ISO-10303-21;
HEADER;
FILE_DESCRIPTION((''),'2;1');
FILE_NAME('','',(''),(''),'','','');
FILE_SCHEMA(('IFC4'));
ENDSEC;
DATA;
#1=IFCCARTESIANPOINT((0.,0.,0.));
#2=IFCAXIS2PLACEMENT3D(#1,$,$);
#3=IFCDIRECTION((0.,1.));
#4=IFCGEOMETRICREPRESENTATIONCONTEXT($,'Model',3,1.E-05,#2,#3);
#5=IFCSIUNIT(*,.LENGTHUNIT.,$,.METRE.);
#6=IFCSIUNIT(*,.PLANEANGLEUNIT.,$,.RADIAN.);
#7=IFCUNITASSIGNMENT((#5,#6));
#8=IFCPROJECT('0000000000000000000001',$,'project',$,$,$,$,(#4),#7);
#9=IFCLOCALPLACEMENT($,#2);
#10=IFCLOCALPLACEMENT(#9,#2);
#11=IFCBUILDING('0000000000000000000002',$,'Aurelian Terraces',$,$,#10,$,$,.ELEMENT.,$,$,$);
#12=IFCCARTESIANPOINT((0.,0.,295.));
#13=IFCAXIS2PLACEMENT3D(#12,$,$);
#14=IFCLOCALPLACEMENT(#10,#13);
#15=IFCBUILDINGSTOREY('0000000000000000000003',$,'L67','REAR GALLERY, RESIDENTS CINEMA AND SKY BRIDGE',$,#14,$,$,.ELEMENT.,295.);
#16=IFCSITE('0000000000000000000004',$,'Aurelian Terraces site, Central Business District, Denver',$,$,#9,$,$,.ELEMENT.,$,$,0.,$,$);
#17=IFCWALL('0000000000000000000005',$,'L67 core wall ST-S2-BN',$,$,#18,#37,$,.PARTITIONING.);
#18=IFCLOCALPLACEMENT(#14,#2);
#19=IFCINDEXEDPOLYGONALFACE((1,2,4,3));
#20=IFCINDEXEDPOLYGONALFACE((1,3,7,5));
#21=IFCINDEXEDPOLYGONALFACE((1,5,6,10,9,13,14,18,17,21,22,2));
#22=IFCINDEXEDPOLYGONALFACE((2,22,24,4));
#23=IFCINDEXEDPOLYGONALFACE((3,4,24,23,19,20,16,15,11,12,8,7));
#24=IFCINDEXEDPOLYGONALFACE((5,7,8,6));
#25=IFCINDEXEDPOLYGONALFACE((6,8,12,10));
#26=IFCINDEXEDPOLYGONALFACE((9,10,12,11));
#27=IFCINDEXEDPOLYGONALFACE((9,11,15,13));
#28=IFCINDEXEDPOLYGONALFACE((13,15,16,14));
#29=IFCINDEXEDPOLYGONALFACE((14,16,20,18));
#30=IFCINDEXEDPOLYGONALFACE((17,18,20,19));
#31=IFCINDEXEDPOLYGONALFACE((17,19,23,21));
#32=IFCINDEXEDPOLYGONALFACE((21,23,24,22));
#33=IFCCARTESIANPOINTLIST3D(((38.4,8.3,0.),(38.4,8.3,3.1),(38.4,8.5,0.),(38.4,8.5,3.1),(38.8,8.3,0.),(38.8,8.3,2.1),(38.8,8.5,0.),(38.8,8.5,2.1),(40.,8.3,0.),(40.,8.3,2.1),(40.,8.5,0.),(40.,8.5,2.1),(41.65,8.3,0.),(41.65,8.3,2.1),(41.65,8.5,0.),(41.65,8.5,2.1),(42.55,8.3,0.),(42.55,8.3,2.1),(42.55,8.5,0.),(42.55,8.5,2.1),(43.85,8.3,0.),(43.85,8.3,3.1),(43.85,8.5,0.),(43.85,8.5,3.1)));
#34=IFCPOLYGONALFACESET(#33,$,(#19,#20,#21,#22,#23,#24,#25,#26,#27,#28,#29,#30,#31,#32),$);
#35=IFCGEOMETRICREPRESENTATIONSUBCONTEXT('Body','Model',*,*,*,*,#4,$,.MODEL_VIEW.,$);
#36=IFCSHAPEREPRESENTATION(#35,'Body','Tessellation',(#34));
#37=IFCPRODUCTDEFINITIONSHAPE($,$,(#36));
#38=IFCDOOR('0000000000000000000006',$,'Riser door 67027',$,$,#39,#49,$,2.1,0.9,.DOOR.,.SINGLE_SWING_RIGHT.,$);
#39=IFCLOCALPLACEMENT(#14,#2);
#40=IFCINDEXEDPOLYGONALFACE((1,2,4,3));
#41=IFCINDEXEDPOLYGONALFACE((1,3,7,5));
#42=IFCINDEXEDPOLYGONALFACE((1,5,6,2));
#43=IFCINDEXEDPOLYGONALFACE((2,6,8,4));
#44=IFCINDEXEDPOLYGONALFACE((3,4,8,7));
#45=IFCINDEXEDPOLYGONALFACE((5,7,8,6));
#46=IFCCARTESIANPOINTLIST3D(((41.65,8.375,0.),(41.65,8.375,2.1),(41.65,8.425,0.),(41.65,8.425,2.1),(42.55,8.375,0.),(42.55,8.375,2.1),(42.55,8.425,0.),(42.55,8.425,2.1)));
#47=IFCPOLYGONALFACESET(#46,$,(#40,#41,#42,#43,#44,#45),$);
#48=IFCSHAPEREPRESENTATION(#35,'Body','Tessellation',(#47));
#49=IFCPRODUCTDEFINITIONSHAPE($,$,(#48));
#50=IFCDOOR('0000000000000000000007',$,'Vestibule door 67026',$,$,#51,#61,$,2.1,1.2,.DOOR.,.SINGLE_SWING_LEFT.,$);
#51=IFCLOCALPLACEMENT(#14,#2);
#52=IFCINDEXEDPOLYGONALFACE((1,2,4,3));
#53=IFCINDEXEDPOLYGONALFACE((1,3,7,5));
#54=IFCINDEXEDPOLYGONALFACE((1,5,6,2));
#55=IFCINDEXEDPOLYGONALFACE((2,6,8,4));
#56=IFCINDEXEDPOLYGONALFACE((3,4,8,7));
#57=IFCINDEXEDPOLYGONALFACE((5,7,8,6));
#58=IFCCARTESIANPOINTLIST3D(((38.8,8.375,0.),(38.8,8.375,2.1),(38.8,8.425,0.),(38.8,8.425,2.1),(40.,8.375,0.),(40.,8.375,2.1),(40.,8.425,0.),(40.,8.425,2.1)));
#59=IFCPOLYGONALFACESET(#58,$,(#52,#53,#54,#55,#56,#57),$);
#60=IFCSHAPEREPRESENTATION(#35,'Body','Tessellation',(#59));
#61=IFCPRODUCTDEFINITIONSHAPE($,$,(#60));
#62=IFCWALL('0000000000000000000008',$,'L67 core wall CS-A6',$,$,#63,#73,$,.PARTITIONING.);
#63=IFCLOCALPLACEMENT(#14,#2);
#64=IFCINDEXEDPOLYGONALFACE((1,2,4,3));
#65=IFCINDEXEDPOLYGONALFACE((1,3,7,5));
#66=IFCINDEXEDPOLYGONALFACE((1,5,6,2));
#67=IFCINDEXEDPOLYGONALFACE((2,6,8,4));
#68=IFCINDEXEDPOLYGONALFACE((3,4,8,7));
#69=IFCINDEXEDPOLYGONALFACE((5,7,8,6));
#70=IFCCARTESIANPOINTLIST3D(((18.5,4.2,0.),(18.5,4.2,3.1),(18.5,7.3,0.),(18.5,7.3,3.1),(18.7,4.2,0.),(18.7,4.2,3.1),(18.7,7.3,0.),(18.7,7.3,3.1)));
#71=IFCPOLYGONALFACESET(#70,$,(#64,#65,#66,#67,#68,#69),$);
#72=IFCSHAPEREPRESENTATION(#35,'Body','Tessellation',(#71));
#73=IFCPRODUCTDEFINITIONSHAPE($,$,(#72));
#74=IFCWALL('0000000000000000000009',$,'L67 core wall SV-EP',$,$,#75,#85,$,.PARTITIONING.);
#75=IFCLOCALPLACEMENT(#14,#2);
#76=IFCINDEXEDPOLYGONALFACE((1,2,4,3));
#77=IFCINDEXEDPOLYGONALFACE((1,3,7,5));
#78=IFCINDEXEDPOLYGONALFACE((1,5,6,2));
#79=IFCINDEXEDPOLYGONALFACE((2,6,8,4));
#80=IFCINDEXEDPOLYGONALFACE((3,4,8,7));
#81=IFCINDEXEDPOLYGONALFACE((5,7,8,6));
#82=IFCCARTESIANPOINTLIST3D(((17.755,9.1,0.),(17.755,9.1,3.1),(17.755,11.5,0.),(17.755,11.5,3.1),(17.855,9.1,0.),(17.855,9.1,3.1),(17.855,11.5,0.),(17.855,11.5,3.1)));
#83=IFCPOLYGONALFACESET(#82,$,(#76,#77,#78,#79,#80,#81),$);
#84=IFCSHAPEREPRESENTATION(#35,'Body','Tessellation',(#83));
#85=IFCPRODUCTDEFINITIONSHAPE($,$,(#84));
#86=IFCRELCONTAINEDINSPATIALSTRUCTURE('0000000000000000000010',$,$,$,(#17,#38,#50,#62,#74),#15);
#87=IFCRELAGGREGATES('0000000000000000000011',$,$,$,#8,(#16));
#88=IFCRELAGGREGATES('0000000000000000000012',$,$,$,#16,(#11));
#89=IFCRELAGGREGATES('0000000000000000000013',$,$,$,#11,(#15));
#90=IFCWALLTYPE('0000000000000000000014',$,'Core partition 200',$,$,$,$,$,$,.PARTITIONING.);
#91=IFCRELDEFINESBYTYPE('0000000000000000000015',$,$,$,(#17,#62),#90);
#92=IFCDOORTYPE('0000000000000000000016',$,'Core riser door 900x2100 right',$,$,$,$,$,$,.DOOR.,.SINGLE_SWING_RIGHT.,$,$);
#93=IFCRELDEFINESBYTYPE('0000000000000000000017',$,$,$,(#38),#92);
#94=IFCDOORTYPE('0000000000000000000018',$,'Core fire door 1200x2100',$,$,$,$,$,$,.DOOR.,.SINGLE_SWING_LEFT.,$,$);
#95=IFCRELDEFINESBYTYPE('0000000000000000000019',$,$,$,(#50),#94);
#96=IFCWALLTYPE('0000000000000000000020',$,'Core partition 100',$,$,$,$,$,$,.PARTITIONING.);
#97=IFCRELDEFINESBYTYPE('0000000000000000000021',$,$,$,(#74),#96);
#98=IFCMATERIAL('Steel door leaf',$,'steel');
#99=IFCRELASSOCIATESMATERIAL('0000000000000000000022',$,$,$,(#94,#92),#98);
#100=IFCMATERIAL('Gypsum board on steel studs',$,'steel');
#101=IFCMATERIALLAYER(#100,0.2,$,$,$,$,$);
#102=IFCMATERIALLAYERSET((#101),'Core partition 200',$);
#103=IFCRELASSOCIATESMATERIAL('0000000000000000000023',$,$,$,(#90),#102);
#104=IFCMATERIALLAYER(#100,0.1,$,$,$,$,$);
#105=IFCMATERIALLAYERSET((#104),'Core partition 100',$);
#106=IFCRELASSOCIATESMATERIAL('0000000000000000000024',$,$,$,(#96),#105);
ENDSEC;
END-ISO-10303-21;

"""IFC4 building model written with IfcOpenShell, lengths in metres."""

from ifc_helpers import new_model, si_unit, direction, frame, frame_2d, origin, place, context, subcontext, project, spatial, rectangle, extrude, source, transform, mapped, material, layer, layer_set, type_object, element, fill, save


model = new_model("IFC4")

# Units and contexts
model_context = context("Model", 3, precision=1e-05, world=origin(), true_north=direction((0.0, 1.0)))
body_context = subcontext(model_context, "Body", "Model", "MODEL_VIEW")
ifc_project = project(units=[si_unit("LENGTHUNIT", "METRE"), si_unit("PLANEANGLEUNIT", "RADIAN")], contexts=[model_context])

# Site, building, storey
site_placement = place(None, origin())
site = spatial("IfcSite", under=ifc_project, at=site_placement, Name="Aurelian Terraces site, Central Business District, Denver", CompositionType="ELEMENT", RefElevation=0.0)
building_placement = place(site_placement, origin())
building = spatial("IfcBuilding", under=site, at=building_placement, Name="Aurelian Terraces", CompositionType="ELEMENT")
storey_placement = place(building_placement, frame((0.0, 0.0, 295.0)))
storey = spatial("IfcBuildingStorey", under=building, at=storey_placement, Name="L67", Description="REAR GALLERY, RESIDENTS CINEMA AND SKY BRIDGE", CompositionType="ELEMENT", Elevation=295.0)

# Shared definitions
ifc_material_1 = material(Name="Steel door leaf", Category="steel")
door_type_1 = type_object("IfcDoorType", Name="Core fire door 1200x2100", OperationType="SINGLE_SWING_LEFT", PredefinedType="DOOR", material=ifc_material_1)
shared_shape_1 = source(origin(), body_context, "Body", "SweptSolid", [
    extrude(rectangle(XDim=1.2, YDim=2.1, at=frame_2d((0.6, 1.05))), frame((0.0, 0.025, 0.0), z_axis=(0.0, -1.0, 0.0), x_axis=(1.0, 0.0, 0.0)), (0.0, 0.0, 1.0), 0.05),
])

# Shared definitions
ifc_material_2 = material(Name="Gypsum board on steel studs", Category="steel")
ifc_layer_1 = layer(ifc_material_2, 0.2)
ifc_layer_set_1 = layer_set([ifc_layer_1], Name="Core partition 200")
wall_type_1 = type_object("IfcWallType", Name="Core partition 200", PredefinedType="PARTITIONING", material=ifc_layer_set_1)

# Wall, openings, doors
shared_shape_2 = source(origin(), body_context, "Body", "SweptSolid", [
    extrude(rectangle(XDim=5.45, YDim=0.2, at=frame_2d((2.725, 0.0))), origin(), (0.0, 0.0, 1.0), 3.1),
])
wall_1_placement = place(storey_placement, frame((38.4, 8.4, 0.0), z_axis=(0.0, 0.0, 1.0), x_axis=(1.0, 0.0, 0.0)))
wall_1 = element("IfcWall", 1, at=wall_1_placement, inside=storey, type_object=wall_type_1, Name="L67 core wall ST-S2-BN", PredefinedType="PARTITIONING", context=body_context, shape_type="MappedRepresentation", body=[
    mapped(shared_shape_2, transform((0.0, 0.0, 0.0), scale=1.0)),
])
shared_shape_3 = source(origin(), body_context, "Body", "SweptSolid", [
    extrude(rectangle(XDim=1.2, YDim=2.1, at=frame_2d((0.6, 1.05))), frame((0.0, 0.11, 0.0), z_axis=(0.0, -1.0, 0.0), x_axis=(1.0, 0.0, 0.0)), (0.0, 0.0, 1.0), 0.22),
])
opening_1_placement = place(wall_1_placement, frame((0.4, 0.0, 0.0)))
opening_1 = element("IfcOpeningElement", 2, at=opening_1_placement, cuts=wall_1, PredefinedType="OPENING", context=body_context, shape_type="MappedRepresentation", body=[
    mapped(shared_shape_3, transform((0.0, 0.0, 0.0), scale=1.0)),
])
shared_shape_4 = source(origin(), body_context, "Body", "SweptSolid", [
    extrude(rectangle(XDim=0.9, YDim=2.1, at=frame_2d((0.45, 1.05))), frame((0.0, 0.11, 0.0), z_axis=(0.0, -1.0, 0.0), x_axis=(1.0, 0.0, 0.0)), (0.0, 0.0, 1.0), 0.22),
])
opening_2_placement = place(wall_1_placement, frame((3.25, 0.0, 0.0)))
opening_2 = element("IfcOpeningElement", 3, at=opening_2_placement, cuts=wall_1, PredefinedType="OPENING", context=body_context, shape_type="MappedRepresentation", body=[
    mapped(shared_shape_4, transform((0.0, 0.0, 0.0), scale=1.0)),
])
door_type_2 = type_object("IfcDoorType", Name="Core riser door 900x2100 right", OperationType="SINGLE_SWING_RIGHT", PredefinedType="DOOR", material=ifc_material_1)
shared_shape_5 = source(origin(), body_context, "Body", "SweptSolid", [
    extrude(rectangle(XDim=0.9, YDim=2.1, at=frame_2d((0.45, 1.05))), frame((0.0, 0.025, 0.0), z_axis=(0.0, -1.0, 0.0), x_axis=(1.0, 0.0, 0.0)), (0.0, 0.0, 1.0), 0.05),
])
door_1_placement = place(opening_2_placement, origin())
door_1 = element("IfcDoor", 4, at=door_1_placement, inside=storey, type_object=door_type_2, Name="Riser door 67027", OperationType="SINGLE_SWING_RIGHT", OverallHeight=2.1, OverallWidth=0.9, PredefinedType="DOOR", context=body_context, shape_type="MappedRepresentation", body=[
    mapped(shared_shape_5, transform((0.0, 0.0, 0.0), scale=1.0)),
])
fill(opening_2, door_1)
door_2_placement = place(opening_1_placement, origin())
door_2 = element("IfcDoor", 5, at=door_2_placement, inside=storey, type_object=door_type_1, Name="Vestibule door 67026", OperationType="SINGLE_SWING_LEFT", OverallHeight=2.1, OverallWidth=1.2, PredefinedType="DOOR", context=body_context, shape_type="MappedRepresentation", body=[
    mapped(shared_shape_1, transform((0.0, 0.0, 0.0), scale=1.0)),
])
fill(opening_1, door_2)

# Walls
shared_shape_6 = source(origin(), body_context, "Body", "SweptSolid", [
    extrude(rectangle(XDim=3.1, YDim=0.2, at=frame_2d((1.55, 0.0))), origin(), (0.0, 0.0, 1.0), 3.1),
])
wall_2_placement = place(storey_placement, frame((18.6, 4.2, 0.0), z_axis=(0.0, 0.0, 1.0), x_axis=(0.0, 1.0, 0.0)))
element("IfcWall", 6, at=wall_2_placement, inside=storey, type_object=wall_type_1, Name="L67 core wall CS-A6", PredefinedType="PARTITIONING", context=body_context, shape_type="MappedRepresentation", body=[
    mapped(shared_shape_6, transform((0.0, 0.0, 0.0), scale=1.0)),
])
ifc_layer_2 = layer(ifc_material_2, 0.1)
ifc_layer_set_2 = layer_set([ifc_layer_2], Name="Core partition 100")
wall_type_2 = type_object("IfcWallType", Name="Core partition 100", PredefinedType="PARTITIONING", material=ifc_layer_set_2)
shared_shape_7 = source(origin(), body_context, "Body", "SweptSolid", [
    extrude(rectangle(XDim=2.4, YDim=0.1, at=frame_2d((1.2, 0.0))), origin(), (0.0, 0.0, 1.0), 3.1),
])
wall_3_placement = place(storey_placement, frame((17.805, 9.1, 0.0), z_axis=(0.0, 0.0, 1.0), x_axis=(0.0, 1.0, 0.0)))
element("IfcWall", 7, at=wall_3_placement, inside=storey, type_object=wall_type_2, Name="L67 core wall SV-EP", PredefinedType="PARTITIONING", context=body_context, shape_type="MappedRepresentation", body=[
    mapped(shared_shape_7, transform((0.0, 0.0, 0.0), scale=1.0)),
])

save(model, "model.ifc")
